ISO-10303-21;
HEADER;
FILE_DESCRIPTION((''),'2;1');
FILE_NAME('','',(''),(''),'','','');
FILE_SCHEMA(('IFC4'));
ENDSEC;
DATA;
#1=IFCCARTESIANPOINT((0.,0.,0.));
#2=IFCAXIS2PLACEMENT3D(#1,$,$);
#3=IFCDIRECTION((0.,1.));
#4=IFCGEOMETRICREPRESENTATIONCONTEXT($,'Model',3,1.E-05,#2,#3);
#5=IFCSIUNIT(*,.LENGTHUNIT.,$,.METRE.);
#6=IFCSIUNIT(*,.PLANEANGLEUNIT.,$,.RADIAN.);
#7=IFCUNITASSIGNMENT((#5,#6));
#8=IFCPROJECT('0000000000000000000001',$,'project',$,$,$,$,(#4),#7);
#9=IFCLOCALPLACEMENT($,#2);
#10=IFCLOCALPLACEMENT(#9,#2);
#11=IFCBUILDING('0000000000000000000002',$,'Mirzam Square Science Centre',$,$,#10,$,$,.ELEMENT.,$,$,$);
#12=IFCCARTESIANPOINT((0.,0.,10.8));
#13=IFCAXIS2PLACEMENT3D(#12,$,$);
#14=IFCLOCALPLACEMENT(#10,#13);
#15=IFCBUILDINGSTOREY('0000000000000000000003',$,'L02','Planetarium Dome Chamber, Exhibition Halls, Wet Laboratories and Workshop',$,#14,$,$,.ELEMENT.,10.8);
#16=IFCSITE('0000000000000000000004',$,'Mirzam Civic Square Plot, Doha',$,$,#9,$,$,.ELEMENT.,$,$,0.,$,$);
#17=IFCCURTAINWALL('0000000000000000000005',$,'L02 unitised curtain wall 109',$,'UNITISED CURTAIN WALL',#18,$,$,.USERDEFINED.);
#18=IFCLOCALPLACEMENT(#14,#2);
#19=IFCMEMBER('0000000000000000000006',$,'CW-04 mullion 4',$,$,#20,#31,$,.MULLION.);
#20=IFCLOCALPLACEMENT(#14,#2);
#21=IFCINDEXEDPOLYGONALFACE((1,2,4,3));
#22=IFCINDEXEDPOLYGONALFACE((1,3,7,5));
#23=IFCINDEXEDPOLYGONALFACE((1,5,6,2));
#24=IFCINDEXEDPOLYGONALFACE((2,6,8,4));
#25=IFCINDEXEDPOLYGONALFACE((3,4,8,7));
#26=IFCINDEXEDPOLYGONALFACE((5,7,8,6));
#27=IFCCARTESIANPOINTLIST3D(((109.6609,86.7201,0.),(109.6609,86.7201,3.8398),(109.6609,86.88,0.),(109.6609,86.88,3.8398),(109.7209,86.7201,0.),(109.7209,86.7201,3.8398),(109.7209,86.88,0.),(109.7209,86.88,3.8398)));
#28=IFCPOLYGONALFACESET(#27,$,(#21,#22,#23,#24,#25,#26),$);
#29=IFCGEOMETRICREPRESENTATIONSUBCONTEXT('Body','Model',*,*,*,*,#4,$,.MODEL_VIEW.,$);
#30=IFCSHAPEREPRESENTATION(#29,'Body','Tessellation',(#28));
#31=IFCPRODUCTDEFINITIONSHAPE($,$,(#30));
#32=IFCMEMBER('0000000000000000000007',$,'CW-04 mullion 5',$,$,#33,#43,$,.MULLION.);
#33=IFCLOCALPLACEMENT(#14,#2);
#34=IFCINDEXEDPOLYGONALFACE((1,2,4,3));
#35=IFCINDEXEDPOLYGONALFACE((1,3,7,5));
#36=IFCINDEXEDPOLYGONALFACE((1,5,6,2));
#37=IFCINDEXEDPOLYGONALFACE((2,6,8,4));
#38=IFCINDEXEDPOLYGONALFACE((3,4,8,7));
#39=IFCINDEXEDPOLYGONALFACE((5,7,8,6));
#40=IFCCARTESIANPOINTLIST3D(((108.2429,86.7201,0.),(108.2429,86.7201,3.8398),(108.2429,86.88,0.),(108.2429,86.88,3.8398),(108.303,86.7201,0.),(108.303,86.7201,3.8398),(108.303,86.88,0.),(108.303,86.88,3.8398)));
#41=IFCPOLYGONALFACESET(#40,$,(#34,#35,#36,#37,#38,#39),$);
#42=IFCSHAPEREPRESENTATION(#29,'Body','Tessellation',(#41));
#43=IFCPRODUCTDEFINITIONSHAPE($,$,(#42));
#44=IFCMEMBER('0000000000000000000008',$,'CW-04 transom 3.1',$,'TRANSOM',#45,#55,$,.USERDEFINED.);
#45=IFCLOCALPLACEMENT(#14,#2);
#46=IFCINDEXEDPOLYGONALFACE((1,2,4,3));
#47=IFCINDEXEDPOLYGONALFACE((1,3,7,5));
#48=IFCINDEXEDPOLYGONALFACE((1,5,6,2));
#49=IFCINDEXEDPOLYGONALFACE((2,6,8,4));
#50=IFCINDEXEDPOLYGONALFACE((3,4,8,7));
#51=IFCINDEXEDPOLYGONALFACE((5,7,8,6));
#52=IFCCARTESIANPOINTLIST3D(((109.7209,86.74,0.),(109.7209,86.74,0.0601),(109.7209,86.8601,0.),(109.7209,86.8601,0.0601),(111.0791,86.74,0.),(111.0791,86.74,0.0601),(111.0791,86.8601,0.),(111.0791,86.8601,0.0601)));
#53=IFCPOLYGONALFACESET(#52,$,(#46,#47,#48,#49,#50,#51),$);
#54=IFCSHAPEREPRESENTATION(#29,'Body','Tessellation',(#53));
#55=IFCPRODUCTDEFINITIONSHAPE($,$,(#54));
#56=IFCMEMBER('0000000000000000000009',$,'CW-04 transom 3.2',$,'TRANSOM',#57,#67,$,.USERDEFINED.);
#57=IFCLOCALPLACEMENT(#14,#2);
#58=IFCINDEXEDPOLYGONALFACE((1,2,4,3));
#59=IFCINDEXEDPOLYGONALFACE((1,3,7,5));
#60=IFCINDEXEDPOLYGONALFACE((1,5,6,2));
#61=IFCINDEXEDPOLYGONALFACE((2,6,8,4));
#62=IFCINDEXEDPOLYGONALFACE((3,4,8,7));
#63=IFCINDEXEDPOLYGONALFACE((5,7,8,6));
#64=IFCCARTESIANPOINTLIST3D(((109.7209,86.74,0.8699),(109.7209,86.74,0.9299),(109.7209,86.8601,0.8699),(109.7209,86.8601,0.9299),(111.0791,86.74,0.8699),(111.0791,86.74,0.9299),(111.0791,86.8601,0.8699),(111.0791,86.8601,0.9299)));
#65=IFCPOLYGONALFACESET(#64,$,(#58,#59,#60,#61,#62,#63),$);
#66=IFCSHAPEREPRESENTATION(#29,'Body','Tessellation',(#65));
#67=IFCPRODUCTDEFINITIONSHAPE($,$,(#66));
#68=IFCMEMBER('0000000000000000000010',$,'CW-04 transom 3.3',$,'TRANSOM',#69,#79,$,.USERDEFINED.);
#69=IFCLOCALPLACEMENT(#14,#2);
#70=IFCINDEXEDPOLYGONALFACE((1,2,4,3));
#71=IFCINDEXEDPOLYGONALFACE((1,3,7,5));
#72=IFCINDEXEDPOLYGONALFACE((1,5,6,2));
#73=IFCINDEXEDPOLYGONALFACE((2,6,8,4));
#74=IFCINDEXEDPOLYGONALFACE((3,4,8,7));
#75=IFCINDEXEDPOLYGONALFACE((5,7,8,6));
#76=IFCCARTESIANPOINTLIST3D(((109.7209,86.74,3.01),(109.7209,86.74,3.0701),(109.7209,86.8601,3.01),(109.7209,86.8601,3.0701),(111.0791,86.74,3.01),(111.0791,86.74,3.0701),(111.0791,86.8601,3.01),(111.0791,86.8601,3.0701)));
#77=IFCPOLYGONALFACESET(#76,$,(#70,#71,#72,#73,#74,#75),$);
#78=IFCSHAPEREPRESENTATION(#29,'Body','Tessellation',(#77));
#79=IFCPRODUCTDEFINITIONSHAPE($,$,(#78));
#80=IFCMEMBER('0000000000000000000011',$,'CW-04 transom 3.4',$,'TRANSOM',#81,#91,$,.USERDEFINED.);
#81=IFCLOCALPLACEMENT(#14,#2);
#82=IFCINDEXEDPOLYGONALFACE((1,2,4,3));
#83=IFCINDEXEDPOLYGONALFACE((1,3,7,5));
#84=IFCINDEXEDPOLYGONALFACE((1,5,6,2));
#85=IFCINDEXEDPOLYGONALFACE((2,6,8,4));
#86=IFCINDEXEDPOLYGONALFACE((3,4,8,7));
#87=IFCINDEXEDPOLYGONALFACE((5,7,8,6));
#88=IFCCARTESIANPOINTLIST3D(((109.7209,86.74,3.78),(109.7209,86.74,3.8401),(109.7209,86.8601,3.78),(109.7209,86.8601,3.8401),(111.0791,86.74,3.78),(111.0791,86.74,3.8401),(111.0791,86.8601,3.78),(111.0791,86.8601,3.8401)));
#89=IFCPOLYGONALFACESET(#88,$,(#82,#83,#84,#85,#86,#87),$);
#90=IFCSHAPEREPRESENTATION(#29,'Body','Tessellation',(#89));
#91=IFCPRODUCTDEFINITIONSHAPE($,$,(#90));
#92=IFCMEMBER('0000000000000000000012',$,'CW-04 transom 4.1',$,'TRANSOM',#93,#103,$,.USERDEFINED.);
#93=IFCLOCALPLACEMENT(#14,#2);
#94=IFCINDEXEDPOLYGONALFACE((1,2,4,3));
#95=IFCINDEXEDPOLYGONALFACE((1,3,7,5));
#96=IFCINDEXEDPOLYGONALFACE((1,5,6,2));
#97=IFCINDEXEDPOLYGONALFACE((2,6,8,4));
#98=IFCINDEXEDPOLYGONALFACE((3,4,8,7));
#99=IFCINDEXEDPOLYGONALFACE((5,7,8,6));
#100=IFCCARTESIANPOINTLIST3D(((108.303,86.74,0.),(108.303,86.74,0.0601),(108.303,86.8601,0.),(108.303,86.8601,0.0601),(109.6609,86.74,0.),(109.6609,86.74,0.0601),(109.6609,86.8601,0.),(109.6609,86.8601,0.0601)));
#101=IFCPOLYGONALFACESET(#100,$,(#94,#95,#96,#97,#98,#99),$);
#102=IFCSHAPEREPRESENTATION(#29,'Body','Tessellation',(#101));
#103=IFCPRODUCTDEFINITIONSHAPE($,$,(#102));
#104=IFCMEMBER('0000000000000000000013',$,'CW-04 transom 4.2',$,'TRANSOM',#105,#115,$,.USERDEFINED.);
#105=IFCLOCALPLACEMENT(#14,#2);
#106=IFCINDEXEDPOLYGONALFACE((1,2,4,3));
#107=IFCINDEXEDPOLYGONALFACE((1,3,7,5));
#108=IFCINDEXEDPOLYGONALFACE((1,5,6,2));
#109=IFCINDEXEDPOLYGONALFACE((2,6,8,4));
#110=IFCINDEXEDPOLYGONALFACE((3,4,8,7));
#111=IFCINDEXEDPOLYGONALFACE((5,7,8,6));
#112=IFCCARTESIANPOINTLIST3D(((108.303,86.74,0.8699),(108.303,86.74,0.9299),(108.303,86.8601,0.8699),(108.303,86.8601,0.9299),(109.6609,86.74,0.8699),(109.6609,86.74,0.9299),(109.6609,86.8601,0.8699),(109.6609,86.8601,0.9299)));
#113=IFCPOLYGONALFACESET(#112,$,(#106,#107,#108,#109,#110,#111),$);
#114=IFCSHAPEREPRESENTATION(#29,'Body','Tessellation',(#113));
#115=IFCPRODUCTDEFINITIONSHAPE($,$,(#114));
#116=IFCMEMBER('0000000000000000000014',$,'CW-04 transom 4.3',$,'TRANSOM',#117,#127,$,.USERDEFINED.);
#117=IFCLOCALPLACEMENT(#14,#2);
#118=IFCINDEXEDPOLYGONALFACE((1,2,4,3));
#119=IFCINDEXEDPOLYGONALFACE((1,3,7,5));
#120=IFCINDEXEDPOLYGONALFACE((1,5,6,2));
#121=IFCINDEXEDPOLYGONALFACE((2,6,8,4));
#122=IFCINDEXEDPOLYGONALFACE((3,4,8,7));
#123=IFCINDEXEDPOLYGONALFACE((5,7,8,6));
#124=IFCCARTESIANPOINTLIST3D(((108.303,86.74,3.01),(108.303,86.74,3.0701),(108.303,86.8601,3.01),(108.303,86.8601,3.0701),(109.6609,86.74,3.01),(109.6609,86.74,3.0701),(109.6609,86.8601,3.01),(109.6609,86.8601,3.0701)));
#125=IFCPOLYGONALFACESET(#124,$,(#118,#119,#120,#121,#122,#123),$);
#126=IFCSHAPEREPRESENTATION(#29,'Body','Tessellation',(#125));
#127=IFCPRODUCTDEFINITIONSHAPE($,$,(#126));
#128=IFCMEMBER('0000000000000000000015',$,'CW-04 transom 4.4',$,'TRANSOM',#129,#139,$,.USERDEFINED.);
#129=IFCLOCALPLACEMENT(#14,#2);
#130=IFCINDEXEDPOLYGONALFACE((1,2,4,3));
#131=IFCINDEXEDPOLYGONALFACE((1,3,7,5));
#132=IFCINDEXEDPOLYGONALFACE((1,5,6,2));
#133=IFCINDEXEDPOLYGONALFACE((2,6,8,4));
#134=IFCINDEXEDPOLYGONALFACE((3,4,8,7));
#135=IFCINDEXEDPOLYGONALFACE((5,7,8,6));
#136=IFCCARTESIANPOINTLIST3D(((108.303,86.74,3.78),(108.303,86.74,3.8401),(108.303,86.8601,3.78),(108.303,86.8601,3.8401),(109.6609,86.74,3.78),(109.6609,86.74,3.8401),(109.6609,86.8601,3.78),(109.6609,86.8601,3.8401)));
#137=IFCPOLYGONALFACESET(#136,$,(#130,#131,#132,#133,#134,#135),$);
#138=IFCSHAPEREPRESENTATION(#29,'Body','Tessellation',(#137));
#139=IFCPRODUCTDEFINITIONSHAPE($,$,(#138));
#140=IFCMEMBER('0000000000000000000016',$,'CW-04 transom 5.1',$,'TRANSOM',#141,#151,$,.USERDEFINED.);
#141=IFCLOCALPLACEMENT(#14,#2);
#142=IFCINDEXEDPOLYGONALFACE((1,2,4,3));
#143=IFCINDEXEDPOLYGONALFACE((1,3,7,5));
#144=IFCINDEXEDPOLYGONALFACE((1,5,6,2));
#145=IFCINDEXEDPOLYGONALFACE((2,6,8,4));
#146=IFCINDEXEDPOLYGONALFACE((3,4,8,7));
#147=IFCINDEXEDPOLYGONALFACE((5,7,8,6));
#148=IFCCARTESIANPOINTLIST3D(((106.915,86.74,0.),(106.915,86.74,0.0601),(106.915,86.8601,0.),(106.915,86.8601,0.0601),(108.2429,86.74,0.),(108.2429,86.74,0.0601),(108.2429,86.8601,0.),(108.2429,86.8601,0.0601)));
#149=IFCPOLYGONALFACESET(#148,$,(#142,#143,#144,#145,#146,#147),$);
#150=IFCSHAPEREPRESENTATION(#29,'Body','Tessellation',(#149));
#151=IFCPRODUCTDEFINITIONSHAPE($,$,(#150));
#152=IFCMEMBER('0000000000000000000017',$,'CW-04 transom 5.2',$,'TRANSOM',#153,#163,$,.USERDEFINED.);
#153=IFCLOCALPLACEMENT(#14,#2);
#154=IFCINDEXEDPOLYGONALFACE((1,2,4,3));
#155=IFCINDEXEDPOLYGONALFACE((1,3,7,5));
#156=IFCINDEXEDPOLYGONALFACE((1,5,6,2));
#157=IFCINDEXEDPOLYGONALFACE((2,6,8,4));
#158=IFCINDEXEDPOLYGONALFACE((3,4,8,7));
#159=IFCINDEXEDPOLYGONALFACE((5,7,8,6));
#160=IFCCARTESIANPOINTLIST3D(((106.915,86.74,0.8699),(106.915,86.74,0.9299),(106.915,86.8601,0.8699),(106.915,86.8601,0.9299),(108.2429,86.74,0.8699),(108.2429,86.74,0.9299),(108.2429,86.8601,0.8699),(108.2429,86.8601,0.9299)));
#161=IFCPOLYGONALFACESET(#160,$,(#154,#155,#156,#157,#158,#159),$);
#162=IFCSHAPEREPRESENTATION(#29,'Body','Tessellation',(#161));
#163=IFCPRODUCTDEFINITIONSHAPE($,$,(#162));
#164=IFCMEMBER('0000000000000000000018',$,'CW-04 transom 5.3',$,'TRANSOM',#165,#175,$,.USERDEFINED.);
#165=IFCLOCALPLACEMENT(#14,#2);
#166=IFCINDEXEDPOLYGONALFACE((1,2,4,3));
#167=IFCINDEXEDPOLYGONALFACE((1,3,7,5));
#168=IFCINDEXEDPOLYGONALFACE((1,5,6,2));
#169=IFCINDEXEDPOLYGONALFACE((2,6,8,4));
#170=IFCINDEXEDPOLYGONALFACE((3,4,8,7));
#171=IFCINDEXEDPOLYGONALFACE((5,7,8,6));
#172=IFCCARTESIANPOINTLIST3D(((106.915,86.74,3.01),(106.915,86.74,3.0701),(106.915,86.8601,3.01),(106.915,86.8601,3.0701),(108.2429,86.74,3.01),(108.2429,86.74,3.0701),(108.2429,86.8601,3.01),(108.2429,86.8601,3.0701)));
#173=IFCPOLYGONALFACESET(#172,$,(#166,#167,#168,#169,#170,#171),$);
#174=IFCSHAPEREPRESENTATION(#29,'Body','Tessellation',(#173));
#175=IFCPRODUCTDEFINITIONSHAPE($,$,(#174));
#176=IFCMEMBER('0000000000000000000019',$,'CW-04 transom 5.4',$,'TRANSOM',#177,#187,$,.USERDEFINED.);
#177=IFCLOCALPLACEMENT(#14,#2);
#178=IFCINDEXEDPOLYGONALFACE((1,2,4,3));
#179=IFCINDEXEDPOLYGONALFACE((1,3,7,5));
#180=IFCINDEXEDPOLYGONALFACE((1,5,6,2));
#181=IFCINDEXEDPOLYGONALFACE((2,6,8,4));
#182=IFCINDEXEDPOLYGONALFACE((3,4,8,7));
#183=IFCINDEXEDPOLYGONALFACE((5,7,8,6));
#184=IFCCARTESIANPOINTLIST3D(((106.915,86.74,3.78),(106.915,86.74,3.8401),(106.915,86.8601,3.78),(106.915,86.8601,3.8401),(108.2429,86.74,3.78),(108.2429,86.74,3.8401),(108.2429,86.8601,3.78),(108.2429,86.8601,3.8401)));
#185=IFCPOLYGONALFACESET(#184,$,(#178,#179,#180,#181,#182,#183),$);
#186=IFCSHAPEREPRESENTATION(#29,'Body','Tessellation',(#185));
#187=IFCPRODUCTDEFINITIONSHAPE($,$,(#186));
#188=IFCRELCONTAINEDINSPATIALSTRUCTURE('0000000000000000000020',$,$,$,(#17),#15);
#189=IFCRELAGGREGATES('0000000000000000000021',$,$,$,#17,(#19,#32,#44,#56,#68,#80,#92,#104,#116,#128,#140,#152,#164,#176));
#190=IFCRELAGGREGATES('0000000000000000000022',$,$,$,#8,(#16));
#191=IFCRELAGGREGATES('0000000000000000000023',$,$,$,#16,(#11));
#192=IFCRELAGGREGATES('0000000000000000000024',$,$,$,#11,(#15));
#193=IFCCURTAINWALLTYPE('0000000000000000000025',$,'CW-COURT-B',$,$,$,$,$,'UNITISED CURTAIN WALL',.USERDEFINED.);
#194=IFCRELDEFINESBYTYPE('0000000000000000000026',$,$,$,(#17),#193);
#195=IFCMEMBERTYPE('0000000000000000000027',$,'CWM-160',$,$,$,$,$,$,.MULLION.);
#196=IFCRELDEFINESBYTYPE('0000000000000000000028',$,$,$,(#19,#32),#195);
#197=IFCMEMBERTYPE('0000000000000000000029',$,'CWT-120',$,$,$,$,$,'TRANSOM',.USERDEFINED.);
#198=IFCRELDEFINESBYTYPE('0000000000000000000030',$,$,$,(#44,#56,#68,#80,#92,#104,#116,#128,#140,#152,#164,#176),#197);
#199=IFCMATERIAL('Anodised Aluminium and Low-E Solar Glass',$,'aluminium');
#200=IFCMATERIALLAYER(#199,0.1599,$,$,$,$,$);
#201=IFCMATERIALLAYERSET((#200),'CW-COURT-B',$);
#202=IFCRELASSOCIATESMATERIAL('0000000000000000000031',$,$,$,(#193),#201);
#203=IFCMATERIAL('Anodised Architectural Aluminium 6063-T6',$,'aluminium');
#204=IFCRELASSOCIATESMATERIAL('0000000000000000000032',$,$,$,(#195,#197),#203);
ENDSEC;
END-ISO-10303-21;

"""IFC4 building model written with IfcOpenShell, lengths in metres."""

from ifc_helpers import new_model, si_unit, direction, frame, origin, origin_2d, place, context, subcontext, project, spatial, rectangle, extrude, material, layer, layer_set, material_profile, profile_set, type_object, element, aggregate, save


model = new_model("IFC4")

# Units and contexts
model_context = context("Model", 3, precision=1e-05, world=origin(), true_north=direction((0.0, 1.0)))
body_context = subcontext(model_context, "Body", "Model", "MODEL_VIEW")
ifc_project = project(units=[si_unit("LENGTHUNIT", "METRE"), si_unit("PLANEANGLEUNIT", "RADIAN")], contexts=[model_context])

# Site, building, storey
site_placement = place(None, origin())
site = spatial("IfcSite", under=ifc_project, at=site_placement, Name="Mirzam Civic Square Plot, Doha", CompositionType="ELEMENT", RefElevation=0.0)
building_placement = place(site_placement, origin())
building = spatial("IfcBuilding", under=site, at=building_placement, Name="Mirzam Square Science Centre", CompositionType="ELEMENT")
storey_placement = place(building_placement, frame((0.0, 0.0, 10.8)))
storey = spatial("IfcBuildingStorey", under=building, at=storey_placement, Name="L02", Description="Planetarium Dome Chamber, Exhibition Halls, Wet Laboratories and Workshop", CompositionType="ELEMENT", Elevation=10.8)

# Curtain wall, members
ifc_material_1 = material(Name="Anodised Aluminium and Low-E Solar Glass", Category="aluminium")
ifc_layer_1 = layer(ifc_material_1, 0.1599)
ifc_layer_set_1 = layer_set([ifc_layer_1], Name="CW-COURT-B")
curtain_wall_type = type_object("IfcCurtainWallType", Name="CW-COURT-B", ElementType="UNITISED CURTAIN WALL", PredefinedType="USERDEFINED", material=ifc_layer_set_1)
curtain_wall_placement = place(storey_placement, origin())
curtain_wall = element("IfcCurtainWall", 1, at=curtain_wall_placement, inside=storey, type_object=curtain_wall_type, Name="L02 unitised curtain wall 109", ObjectType="UNITISED CURTAIN WALL", PredefinedType="USERDEFINED")
ifc_material_2 = material(Name="Anodised Architectural Aluminium 6063-T6", Category="aluminium")
ifc_material_profile_1 = material_profile(ifc_material_2, rectangle(XDim=0.0601, YDim=0.1599, at=origin_2d()), Name="ALU-MULL-160x60x4")
ifc_profile_set_1 = profile_set([ifc_material_profile_1], Name="Anodised Architectural Aluminium 6063-T6")
member_type_1 = type_object("IfcMemberType", Name="CWM-160", PredefinedType="MULLION", material=ifc_profile_set_1)
member_1_placement = place(storey_placement, frame((109.6909, 86.8, 0.0), z_axis=(0.0, 0.0, 1.0), x_axis=(-1.0, 0.0, 0.0)))
member_1 = element("IfcMember", 2, at=member_1_placement, type_object=member_type_1, Name="CW-04 mullion 4", PredefinedType="MULLION", context=body_context, shape_type="SweptSolid", body=[
    extrude(rectangle(XDim=0.0601, YDim=0.1599, at=origin_2d()), origin(), (0.0, 0.0, 1.0), 3.8398),
])
member_2_placement = place(storey_placement, frame((108.2729, 86.8, 0.0), z_axis=(0.0, 0.0, 1.0), x_axis=(-1.0, 0.0, 0.0)))
member_2 = element("IfcMember", 3, at=member_2_placement, type_object=member_type_1, Name="CW-04 mullion 5", PredefinedType="MULLION", context=body_context, shape_type="SweptSolid", body=[
    extrude(rectangle(XDim=0.0601, YDim=0.1599, at=origin_2d()), origin(), (0.0, 0.0, 1.0), 3.8398),
])
ifc_material_profile_2 = material_profile(ifc_material_2, rectangle(XDim=0.1201, YDim=0.0601, at=origin_2d()), Name="ALU-TRAN-120x60x4")
ifc_profile_set_2 = profile_set([ifc_material_profile_2], Name="Anodised Architectural Aluminium 6063-T6")
member_type_2 = type_object("IfcMemberType", Name="CWT-120", ElementType="TRANSOM", PredefinedType="USERDEFINED", material=ifc_profile_set_2)
member_3_placement = place(storey_placement, frame((111.0791, 86.8, 0.03), z_axis=(-1.0, 0.0, 0.0), x_axis=(0.0, -1.0, 0.0)))
member_3 = element("IfcMember", 4, at=member_3_placement, type_object=member_type_2, Name="CW-04 transom 3.1", ObjectType="TRANSOM", PredefinedType="USERDEFINED", context=body_context, shape_type="SweptSolid", body=[
    extrude(rectangle(XDim=0.1201, YDim=0.0601, at=origin_2d()), origin(), (0.0, 0.0, 1.0), 1.3582),
])
member_4_placement = place(storey_placement, frame((111.0791, 86.8, 0.8999), z_axis=(-1.0, 0.0, 0.0), x_axis=(0.0, -1.0, 0.0)))
member_4 = element("IfcMember", 5, at=member_4_placement, type_object=member_type_2, Name="CW-04 transom 3.2", ObjectType="TRANSOM", PredefinedType="USERDEFINED", context=body_context, shape_type="SweptSolid", body=[
    extrude(rectangle(XDim=0.1201, YDim=0.0601, at=origin_2d()), origin(), (0.0, 0.0, 1.0), 1.3582),
])
member_5_placement = place(storey_placement, frame((111.0791, 86.8, 3.04), z_axis=(-1.0, 0.0, 0.0), x_axis=(0.0, -1.0, 0.0)))
member_5 = element("IfcMember", 6, at=member_5_placement, type_object=member_type_2, Name="CW-04 transom 3.3", ObjectType="TRANSOM", PredefinedType="USERDEFINED", context=body_context, shape_type="SweptSolid", body=[
    extrude(rectangle(XDim=0.1201, YDim=0.0601, at=origin_2d()), origin(), (0.0, 0.0, 1.0), 1.3582),
])
member_6_placement = place(storey_placement, frame((111.0791, 86.8, 3.8101), z_axis=(-1.0, 0.0, 0.0), x_axis=(0.0, -1.0, 0.0)))
member_6 = element("IfcMember", 7, at=member_6_placement, type_object=member_type_2, Name="CW-04 transom 3.4", ObjectType="TRANSOM", PredefinedType="USERDEFINED", context=body_context, shape_type="SweptSolid", body=[
    extrude(rectangle(XDim=0.1201, YDim=0.0601, at=origin_2d()), origin(), (0.0, 0.0, 1.0), 1.3582),
])
member_7_placement = place(storey_placement, frame((109.6609, 86.8, 0.03), z_axis=(-1.0, 0.0, 0.0), x_axis=(0.0, -1.0, 0.0)))
member_7 = element("IfcMember", 8, at=member_7_placement, type_object=member_type_2, Name="CW-04 transom 4.1", ObjectType="TRANSOM", PredefinedType="USERDEFINED", context=body_context, shape_type="SweptSolid", body=[
    extrude(rectangle(XDim=0.1201, YDim=0.0601, at=origin_2d()), origin(), (0.0, 0.0, 1.0), 1.3579),
])
member_8_placement = place(storey_placement, frame((109.6609, 86.8, 0.8999), z_axis=(-1.0, 0.0, 0.0), x_axis=(0.0, -1.0, 0.0)))
member_8 = element("IfcMember", 9, at=member_8_placement, type_object=member_type_2, Name="CW-04 transom 4.2", ObjectType="TRANSOM", PredefinedType="USERDEFINED", context=body_context, shape_type="SweptSolid", body=[
    extrude(rectangle(XDim=0.1201, YDim=0.0601, at=origin_2d()), origin(), (0.0, 0.0, 1.0), 1.3579),
])
member_9_placement = place(storey_placement, frame((109.6609, 86.8, 3.04), z_axis=(-1.0, 0.0, 0.0), x_axis=(0.0, -1.0, 0.0)))
member_9 = element("IfcMember", 10, at=member_9_placement, type_object=member_type_2, Name="CW-04 transom 4.3", ObjectType="TRANSOM", PredefinedType="USERDEFINED", context=body_context, shape_type="SweptSolid", body=[
    extrude(rectangle(XDim=0.1201, YDim=0.0601, at=origin_2d()), origin(), (0.0, 0.0, 1.0), 1.3579),
])
member_10_placement = place(storey_placement, frame((109.6609, 86.8, 3.8101), z_axis=(-1.0, 0.0, 0.0), x_axis=(0.0, -1.0, 0.0)))
member_10 = element("IfcMember", 11, at=member_10_placement, type_object=member_type_2, Name="CW-04 transom 4.4", ObjectType="TRANSOM", PredefinedType="USERDEFINED", context=body_context, shape_type="SweptSolid", body=[
    extrude(rectangle(XDim=0.1201, YDim=0.0601, at=origin_2d()), origin(), (0.0, 0.0, 1.0), 1.3579),
])
member_11_placement = place(storey_placement, frame((108.2429, 86.8, 0.03), z_axis=(-1.0, 0.0, 0.0), x_axis=(0.0, -1.0, 0.0)))
member_11 = element("IfcMember", 12, at=member_11_placement, type_object=member_type_2, Name="CW-04 transom 5.1", ObjectType="TRANSOM", PredefinedType="USERDEFINED", context=body_context, shape_type="SweptSolid", body=[
    extrude(rectangle(XDim=0.1201, YDim=0.0601, at=origin_2d()), origin(), (0.0, 0.0, 1.0), 1.3279),
])
member_12_placement = place(storey_placement, frame((108.2429, 86.8, 0.8999), z_axis=(-1.0, 0.0, 0.0), x_axis=(0.0, -1.0, 0.0)))
member_12 = element("IfcMember", 13, at=member_12_placement, type_object=member_type_2, Name="CW-04 transom 5.2", ObjectType="TRANSOM", PredefinedType="USERDEFINED", context=body_context, shape_type="SweptSolid", body=[
    extrude(rectangle(XDim=0.1201, YDim=0.0601, at=origin_2d()), origin(), (0.0, 0.0, 1.0), 1.3279),
])
member_13_placement = place(storey_placement, frame((108.2429, 86.8, 3.04), z_axis=(-1.0, 0.0, 0.0), x_axis=(0.0, -1.0, 0.0)))
member_13 = element("IfcMember", 14, at=member_13_placement, type_object=member_type_2, Name="CW-04 transom 5.3", ObjectType="TRANSOM", PredefinedType="USERDEFINED", context=body_context, shape_type="SweptSolid", body=[
    extrude(rectangle(XDim=0.1201, YDim=0.0601, at=origin_2d()), origin(), (0.0, 0.0, 1.0), 1.3279),
])
member_14_placement = place(storey_placement, frame((108.2429, 86.8, 3.8101), z_axis=(-1.0, 0.0, 0.0), x_axis=(0.0, -1.0, 0.0)))
member_14 = element("IfcMember", 15, at=member_14_placement, type_object=member_type_2, Name="CW-04 transom 5.4", ObjectType="TRANSOM", PredefinedType="USERDEFINED", context=body_context, shape_type="SweptSolid", body=[
    extrude(rectangle(XDim=0.1201, YDim=0.0601, at=origin_2d()), origin(), (0.0, 0.0, 1.0), 1.3279),
])

aggregate(curtain_wall, [member_1, member_2, member_3, member_4, member_5, member_6, member_7, member_8, member_9, member_10, member_11, member_12, member_13, member_14])

save(model, "model.ifc")
